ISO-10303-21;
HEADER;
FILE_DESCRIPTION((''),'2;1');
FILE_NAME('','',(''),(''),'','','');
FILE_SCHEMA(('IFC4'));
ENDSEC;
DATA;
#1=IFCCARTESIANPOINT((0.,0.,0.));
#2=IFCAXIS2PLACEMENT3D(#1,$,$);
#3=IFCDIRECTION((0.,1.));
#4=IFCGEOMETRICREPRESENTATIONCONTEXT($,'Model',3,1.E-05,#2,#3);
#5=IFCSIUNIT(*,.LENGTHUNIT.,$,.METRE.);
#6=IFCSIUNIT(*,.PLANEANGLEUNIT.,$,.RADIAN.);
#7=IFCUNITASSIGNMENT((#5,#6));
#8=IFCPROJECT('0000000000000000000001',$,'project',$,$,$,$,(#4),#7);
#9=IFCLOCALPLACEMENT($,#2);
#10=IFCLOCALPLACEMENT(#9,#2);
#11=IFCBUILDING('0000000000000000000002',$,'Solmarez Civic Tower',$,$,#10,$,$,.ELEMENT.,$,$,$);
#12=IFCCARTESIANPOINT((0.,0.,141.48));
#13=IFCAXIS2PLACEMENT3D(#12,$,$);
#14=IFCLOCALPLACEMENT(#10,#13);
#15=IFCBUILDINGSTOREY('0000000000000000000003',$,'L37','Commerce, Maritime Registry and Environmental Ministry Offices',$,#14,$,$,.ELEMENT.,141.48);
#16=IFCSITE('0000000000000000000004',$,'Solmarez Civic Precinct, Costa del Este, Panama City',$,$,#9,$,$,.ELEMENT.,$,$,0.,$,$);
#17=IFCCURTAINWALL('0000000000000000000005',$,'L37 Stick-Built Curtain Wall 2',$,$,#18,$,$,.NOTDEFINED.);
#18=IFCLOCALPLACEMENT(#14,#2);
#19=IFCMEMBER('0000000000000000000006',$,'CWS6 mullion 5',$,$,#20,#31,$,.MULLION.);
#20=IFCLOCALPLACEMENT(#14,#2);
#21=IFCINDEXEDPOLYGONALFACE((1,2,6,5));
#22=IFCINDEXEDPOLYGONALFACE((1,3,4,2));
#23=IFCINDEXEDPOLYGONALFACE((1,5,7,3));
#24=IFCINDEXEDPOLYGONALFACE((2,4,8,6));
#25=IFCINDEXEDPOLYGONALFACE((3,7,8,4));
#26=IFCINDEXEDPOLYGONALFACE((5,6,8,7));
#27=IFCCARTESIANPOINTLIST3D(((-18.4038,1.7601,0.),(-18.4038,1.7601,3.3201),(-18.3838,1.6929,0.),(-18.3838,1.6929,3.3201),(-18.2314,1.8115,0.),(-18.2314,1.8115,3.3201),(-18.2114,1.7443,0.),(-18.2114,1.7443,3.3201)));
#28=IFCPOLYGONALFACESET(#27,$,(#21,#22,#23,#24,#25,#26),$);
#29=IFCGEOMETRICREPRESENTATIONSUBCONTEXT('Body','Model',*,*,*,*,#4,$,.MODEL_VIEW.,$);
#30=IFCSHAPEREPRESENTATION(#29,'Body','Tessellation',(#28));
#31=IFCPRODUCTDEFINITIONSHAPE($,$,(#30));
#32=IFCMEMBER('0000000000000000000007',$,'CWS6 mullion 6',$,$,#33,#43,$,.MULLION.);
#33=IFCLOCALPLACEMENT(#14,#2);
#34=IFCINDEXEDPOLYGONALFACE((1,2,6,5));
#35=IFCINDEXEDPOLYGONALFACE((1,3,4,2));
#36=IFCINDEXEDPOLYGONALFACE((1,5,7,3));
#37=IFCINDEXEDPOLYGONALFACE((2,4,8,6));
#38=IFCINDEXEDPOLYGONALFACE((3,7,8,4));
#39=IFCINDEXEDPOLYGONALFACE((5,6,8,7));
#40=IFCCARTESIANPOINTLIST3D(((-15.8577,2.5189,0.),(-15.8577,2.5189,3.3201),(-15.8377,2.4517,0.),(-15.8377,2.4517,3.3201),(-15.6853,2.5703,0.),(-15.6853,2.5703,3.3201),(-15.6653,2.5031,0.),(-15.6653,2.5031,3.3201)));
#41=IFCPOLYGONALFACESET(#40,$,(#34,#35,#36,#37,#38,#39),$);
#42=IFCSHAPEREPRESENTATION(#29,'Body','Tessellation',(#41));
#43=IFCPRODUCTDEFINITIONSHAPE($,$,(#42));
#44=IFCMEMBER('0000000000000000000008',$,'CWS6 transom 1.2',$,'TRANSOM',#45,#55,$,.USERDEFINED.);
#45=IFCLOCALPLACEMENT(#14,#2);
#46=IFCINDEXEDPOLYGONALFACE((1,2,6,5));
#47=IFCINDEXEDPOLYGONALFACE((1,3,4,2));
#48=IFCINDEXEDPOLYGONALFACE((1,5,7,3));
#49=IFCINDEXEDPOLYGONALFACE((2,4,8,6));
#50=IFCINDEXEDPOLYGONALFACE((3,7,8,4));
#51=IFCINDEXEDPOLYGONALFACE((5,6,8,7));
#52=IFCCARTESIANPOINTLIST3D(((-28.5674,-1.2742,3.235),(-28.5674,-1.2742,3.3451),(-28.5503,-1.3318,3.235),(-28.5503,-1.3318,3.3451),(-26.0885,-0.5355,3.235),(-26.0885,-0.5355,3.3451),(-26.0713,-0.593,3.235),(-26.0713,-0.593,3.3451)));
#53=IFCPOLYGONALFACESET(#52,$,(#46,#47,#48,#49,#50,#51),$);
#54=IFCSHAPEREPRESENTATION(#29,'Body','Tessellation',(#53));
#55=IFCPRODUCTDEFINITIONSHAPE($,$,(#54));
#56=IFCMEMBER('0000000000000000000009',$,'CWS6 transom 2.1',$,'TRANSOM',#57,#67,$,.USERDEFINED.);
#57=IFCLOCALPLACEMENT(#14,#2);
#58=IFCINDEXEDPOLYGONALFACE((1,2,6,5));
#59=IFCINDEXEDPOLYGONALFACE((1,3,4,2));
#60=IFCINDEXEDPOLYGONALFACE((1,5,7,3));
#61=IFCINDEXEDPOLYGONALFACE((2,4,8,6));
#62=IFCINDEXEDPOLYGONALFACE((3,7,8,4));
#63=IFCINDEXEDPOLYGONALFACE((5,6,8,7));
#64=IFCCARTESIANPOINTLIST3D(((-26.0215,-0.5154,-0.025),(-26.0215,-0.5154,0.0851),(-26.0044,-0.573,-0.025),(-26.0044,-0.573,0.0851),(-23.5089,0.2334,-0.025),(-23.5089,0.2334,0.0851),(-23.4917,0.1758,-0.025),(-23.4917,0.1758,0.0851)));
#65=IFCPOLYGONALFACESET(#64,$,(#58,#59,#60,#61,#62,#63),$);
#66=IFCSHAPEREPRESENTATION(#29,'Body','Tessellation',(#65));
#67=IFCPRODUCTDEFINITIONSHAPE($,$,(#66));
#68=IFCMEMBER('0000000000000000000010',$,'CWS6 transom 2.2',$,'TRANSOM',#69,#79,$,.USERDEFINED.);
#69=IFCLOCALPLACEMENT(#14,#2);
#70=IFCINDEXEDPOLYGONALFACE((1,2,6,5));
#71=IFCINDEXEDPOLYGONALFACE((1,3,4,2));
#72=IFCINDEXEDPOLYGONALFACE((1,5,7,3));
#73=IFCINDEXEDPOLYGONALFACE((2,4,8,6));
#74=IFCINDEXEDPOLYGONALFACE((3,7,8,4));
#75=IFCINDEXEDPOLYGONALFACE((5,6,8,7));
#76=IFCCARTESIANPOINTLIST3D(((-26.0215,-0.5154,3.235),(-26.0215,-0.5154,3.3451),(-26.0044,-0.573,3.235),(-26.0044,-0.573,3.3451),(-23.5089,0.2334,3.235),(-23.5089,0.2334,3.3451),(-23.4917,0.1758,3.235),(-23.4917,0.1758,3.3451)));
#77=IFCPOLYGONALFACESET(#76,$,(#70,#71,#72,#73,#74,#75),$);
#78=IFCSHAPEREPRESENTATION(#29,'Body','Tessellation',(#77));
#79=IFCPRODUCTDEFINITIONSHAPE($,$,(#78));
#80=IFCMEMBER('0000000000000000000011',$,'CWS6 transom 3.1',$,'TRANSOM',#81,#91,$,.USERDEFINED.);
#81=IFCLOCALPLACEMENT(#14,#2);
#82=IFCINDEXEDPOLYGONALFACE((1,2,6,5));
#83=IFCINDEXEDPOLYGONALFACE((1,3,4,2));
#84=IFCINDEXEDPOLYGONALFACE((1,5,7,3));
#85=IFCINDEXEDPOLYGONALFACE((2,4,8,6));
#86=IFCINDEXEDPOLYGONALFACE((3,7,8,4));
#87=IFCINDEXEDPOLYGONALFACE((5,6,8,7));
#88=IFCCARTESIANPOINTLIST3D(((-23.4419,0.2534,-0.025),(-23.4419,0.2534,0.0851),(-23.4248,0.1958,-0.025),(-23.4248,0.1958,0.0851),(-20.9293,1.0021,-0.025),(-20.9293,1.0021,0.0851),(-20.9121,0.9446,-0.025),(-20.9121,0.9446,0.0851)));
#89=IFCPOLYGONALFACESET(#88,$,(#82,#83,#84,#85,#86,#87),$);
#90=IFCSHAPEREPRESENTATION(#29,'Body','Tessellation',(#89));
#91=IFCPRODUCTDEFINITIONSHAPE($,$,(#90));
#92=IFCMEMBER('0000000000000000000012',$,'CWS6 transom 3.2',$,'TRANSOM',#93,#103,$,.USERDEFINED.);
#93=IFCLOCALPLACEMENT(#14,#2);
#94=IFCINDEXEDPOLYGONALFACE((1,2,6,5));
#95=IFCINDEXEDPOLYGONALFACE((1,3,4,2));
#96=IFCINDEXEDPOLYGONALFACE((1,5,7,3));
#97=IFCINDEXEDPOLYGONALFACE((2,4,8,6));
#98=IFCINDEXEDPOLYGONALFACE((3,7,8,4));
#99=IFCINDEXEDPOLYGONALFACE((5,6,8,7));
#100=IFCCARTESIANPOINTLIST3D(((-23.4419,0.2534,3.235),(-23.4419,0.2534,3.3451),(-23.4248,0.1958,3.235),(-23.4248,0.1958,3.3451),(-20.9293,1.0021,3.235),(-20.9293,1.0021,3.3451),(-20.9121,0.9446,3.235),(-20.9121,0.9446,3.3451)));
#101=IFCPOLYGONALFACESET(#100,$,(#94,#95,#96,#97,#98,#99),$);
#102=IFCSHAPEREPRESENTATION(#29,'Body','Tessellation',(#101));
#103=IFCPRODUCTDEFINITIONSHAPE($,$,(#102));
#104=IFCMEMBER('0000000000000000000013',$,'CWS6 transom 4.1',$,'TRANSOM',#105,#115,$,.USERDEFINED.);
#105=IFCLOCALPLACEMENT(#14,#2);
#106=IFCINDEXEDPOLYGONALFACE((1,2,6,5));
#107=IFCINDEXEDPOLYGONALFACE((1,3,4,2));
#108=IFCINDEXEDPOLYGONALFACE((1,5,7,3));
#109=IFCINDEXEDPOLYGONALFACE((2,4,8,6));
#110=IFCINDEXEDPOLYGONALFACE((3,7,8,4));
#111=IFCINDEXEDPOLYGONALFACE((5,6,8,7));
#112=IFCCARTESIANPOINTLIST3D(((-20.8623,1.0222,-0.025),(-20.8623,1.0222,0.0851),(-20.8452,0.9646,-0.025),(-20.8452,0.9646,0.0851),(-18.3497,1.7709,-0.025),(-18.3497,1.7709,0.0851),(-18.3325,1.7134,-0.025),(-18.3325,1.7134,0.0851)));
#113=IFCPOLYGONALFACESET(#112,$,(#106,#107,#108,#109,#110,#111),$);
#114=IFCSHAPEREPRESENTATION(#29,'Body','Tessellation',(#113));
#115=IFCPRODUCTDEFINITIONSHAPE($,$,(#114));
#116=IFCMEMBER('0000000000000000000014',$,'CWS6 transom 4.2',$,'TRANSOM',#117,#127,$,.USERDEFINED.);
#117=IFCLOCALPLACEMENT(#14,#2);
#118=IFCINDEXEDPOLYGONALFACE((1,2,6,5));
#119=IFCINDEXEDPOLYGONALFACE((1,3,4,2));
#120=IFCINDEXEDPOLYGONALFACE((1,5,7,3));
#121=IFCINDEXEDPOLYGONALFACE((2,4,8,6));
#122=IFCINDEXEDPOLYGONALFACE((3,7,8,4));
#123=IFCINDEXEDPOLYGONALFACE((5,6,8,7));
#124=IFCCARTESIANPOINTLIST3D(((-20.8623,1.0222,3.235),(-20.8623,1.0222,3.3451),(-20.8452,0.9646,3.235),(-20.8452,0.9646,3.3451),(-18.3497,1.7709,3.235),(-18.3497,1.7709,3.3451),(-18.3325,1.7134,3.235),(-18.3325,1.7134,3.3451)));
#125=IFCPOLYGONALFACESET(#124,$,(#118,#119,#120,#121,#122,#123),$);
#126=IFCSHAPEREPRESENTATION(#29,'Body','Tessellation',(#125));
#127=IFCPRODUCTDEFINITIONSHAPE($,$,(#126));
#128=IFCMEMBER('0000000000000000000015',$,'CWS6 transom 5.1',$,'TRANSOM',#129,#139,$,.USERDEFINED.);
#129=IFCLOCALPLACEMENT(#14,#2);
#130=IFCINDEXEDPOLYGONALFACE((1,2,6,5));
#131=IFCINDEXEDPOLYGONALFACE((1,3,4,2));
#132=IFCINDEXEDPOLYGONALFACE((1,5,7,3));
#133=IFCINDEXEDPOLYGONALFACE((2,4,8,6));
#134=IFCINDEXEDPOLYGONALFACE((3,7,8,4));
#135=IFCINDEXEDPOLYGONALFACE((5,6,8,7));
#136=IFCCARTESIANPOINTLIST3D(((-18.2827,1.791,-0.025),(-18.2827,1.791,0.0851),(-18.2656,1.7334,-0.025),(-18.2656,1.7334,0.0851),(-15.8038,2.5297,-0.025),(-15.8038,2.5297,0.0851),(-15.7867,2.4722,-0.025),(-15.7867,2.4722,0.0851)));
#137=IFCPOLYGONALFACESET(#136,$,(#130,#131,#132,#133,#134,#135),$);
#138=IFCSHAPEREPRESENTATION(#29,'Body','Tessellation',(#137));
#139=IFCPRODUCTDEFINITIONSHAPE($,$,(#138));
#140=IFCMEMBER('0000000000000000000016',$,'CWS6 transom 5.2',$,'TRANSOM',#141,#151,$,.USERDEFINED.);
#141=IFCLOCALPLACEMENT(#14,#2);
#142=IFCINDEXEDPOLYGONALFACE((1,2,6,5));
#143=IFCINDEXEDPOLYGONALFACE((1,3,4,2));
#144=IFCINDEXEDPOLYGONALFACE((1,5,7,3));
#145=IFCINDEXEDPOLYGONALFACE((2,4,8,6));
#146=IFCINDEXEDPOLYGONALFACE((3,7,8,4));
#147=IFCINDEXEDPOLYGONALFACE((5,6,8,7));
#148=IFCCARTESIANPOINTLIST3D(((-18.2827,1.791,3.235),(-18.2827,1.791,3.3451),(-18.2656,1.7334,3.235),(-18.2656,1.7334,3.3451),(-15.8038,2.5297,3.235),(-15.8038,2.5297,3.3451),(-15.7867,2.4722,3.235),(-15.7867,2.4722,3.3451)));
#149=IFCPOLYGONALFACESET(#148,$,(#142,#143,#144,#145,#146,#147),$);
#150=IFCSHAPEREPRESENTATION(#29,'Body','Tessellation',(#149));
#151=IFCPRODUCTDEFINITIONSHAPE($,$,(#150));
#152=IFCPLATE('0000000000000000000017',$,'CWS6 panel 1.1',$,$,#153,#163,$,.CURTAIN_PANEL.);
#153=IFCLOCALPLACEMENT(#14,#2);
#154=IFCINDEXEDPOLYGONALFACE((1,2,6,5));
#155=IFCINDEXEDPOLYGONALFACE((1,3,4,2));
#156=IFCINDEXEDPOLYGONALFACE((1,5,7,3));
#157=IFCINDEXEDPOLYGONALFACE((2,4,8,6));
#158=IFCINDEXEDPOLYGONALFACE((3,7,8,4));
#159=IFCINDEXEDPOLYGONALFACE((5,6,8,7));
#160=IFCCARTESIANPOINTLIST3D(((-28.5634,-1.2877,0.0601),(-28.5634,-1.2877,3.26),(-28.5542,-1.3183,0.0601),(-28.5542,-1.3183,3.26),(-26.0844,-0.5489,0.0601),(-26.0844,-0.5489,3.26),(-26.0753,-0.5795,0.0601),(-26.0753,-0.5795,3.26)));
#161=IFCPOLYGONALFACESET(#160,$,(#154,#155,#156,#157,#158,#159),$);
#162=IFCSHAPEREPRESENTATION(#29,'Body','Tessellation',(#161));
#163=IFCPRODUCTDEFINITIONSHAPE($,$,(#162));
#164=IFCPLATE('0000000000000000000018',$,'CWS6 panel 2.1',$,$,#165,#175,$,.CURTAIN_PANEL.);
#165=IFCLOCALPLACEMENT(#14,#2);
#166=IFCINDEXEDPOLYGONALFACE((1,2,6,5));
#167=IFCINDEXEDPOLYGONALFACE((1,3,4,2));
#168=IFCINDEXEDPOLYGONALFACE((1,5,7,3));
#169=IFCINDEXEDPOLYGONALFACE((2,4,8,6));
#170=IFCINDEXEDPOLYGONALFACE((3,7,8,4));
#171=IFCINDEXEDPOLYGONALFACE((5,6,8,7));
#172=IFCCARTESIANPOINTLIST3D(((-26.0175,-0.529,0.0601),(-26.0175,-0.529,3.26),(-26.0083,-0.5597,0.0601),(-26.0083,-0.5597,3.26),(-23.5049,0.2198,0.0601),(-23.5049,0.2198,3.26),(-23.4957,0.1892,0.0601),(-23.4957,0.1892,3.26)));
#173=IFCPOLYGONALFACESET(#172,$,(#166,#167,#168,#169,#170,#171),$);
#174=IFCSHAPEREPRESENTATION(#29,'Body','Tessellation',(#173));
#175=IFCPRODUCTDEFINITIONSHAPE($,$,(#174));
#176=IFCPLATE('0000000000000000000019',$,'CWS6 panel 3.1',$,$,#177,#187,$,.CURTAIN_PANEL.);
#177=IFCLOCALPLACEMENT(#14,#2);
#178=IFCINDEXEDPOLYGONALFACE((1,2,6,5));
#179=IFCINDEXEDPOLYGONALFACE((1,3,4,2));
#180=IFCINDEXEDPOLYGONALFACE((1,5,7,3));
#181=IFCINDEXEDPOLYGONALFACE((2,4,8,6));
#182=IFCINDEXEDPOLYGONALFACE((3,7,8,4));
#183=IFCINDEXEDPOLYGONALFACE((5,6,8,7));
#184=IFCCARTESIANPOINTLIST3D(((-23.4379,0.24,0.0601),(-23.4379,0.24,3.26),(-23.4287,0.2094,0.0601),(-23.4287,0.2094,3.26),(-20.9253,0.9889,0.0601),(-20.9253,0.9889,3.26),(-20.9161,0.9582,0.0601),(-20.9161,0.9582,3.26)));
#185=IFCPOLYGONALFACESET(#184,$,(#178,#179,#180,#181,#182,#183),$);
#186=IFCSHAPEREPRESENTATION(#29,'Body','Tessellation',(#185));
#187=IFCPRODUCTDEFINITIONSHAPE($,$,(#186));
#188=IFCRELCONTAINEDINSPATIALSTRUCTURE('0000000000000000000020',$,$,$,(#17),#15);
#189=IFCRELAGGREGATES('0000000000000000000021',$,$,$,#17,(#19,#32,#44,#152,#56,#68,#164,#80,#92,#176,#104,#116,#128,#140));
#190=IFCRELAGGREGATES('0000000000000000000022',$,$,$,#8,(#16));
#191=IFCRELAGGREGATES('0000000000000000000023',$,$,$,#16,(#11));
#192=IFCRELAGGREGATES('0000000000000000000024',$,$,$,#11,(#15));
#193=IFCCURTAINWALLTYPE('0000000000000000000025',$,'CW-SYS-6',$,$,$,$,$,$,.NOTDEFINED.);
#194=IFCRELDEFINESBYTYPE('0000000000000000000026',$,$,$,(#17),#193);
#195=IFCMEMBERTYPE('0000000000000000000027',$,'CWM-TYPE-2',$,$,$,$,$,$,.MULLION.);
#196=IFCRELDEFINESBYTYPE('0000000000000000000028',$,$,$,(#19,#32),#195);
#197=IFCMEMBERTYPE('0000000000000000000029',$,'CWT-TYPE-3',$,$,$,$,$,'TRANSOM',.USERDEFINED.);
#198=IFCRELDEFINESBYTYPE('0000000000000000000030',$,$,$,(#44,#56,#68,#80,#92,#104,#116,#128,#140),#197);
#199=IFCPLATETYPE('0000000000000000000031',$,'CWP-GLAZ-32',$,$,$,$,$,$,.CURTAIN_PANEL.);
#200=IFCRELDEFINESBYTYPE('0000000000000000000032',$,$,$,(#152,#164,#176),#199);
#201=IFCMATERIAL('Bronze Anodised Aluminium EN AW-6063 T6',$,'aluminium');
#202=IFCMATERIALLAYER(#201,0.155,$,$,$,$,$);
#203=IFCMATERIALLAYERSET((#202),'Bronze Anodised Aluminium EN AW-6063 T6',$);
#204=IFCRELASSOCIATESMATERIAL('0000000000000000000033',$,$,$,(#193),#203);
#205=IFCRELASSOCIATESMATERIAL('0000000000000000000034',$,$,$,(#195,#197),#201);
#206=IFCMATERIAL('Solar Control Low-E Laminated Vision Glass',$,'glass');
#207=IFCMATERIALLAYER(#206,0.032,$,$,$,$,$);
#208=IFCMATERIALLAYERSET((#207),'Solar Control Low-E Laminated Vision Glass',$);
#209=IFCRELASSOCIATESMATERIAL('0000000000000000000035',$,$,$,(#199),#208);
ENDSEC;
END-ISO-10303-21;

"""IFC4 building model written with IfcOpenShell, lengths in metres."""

from ifc_helpers import new_model, si_unit, direction, frame, origin, origin_2d, place, context, subcontext, project, spatial, rectangle, extrude, material, layer, layer_set, material_profile, profile_set, type_object, element, aggregate, save


model = new_model("IFC4")

# Units and contexts
model_context = context("Model", 3, precision=1e-05, world=origin(), true_north=direction((0.0, 1.0)))
body_context = subcontext(model_context, "Body", "Model", "MODEL_VIEW")
ifc_project = project(units=[si_unit("LENGTHUNIT", "METRE"), si_unit("PLANEANGLEUNIT", "RADIAN")], contexts=[model_context])

# Site, building, storey
site_placement = place(None, origin())
site = spatial("IfcSite", under=ifc_project, at=site_placement, Name="Solmarez Civic Precinct, Costa del Este, Panama City", CompositionType="ELEMENT", RefElevation=0.0)
building_placement = place(site_placement, origin())
building = spatial("IfcBuilding", under=site, at=building_placement, Name="Solmarez Civic Tower", CompositionType="ELEMENT")
storey_placement = place(building_placement, frame((0.0, 0.0, 141.48)))
storey = spatial("IfcBuildingStorey", under=building, at=storey_placement, Name="L37", Description="Commerce, Maritime Registry and Environmental Ministry Offices", CompositionType="ELEMENT", Elevation=141.48)

# Curtain wall, members, plates
ifc_material_1 = material(Name="Bronze Anodised Aluminium EN AW-6063 T6", Category="aluminium")
ifc_layer_1 = layer(ifc_material_1, 0.155)
ifc_layer_set_1 = layer_set([ifc_layer_1], Name="Bronze Anodised Aluminium EN AW-6063 T6")
curtain_wall_type = type_object("IfcCurtainWallType", Name="CW-SYS-6", PredefinedType="NOTDEFINED", material=ifc_layer_set_1)
curtain_wall_placement = place(storey_placement, origin())
curtain_wall = element("IfcCurtainWall", 1, at=curtain_wall_placement, inside=storey, type_object=curtain_wall_type, Name="L37 Stick-Built Curtain Wall 2", PredefinedType="NOTDEFINED")
ifc_material_profile_1 = material_profile(ifc_material_1, rectangle(XDim=0.0701, YDim=0.1799, at=origin_2d()), Name="CWM-70X180")
ifc_profile_set_1 = profile_set([ifc_material_profile_1], Name="Bronze Anodised Aluminium EN AW-6063 T6")
member_type_1 = type_object("IfcMemberType", Name="CWM-TYPE-2", PredefinedType="MULLION", material=ifc_profile_set_1)
member_1_placement = place(storey_placement, frame((-18.3076, 1.7522, 0.0), z_axis=(0.0, 0.0, 1.0), x_axis=(-0.285616, 0.958344, 0.0)))
member_1 = element("IfcMember", 2, at=member_1_placement, type_object=member_type_1, Name="CWS6 mullion 5", PredefinedType="MULLION", context=body_context, shape_type="SweptSolid", body=[
    extrude(rectangle(XDim=0.0701, YDim=0.1799, at=origin_2d()), origin(), (0.0, 0.0, 1.0), 3.3201),
])
member_2_placement = place(storey_placement, frame((-15.7615, 2.511, 0.0), z_axis=(0.0, 0.0, 1.0), x_axis=(-0.285616, 0.958344, 0.0)))
member_2 = element("IfcMember", 3, at=member_2_placement, type_object=member_type_1, Name="CWS6 mullion 6", PredefinedType="MULLION", context=body_context, shape_type="SweptSolid", body=[
    extrude(rectangle(XDim=0.0701, YDim=0.1799, at=origin_2d()), origin(), (0.0, 0.0, 1.0), 3.3201),
])
ifc_material_profile_2 = material_profile(ifc_material_1, rectangle(XDim=0.0601, YDim=0.1101, at=origin_2d()), Name="CWT-60X110")
ifc_profile_set_2 = profile_set([ifc_material_profile_2], Name="Bronze Anodised Aluminium EN AW-6063 T6")
member_type_2 = type_object("IfcMemberType", Name="CWT-TYPE-3", ElementType="TRANSOM", PredefinedType="USERDEFINED", material=ifc_profile_set_2)
member_3_placement = place(storey_placement, frame((-28.5588, -1.303, 3.29), z_axis=(0.958349, 0.285598, 0.0), x_axis=(-0.285598, 0.958349, 0.0)))
member_3 = element("IfcMember", 4, at=member_3_placement, type_object=member_type_2, Name="CWS6 transom 1.2", ObjectType="TRANSOM", PredefinedType="USERDEFINED", context=body_context, shape_type="SweptSolid", body=[
    extrude(rectangle(XDim=0.0601, YDim=0.1101, at=origin_2d()), origin(), (0.0, 0.0, 1.0), 2.5867),
])
member_4_placement = place(storey_placement, frame((-26.0129, -0.5442, 0.03), z_axis=(0.958353, 0.285588, 0.0), x_axis=(-0.285588, 0.958353, 0.0)))
member_4 = element("IfcMember", 5, at=member_4_placement, type_object=member_type_2, Name="CWS6 transom 2.1", ObjectType="TRANSOM", PredefinedType="USERDEFINED", context=body_context, shape_type="SweptSolid", body=[
    extrude(rectangle(XDim=0.0601, YDim=0.1101, at=origin_2d()), origin(), (0.0, 0.0, 1.0), 2.6218),
])
member_5_placement = place(storey_placement, frame((-26.0129, -0.5442, 3.29), z_axis=(0.958353, 0.285588, 0.0), x_axis=(-0.285588, 0.958353, 0.0)))
member_5 = element("IfcMember", 6, at=member_5_placement, type_object=member_type_2, Name="CWS6 transom 2.2", ObjectType="TRANSOM", PredefinedType="USERDEFINED", context=body_context, shape_type="SweptSolid", body=[
    extrude(rectangle(XDim=0.0601, YDim=0.1101, at=origin_2d()), origin(), (0.0, 0.0, 1.0), 2.6218),
])
member_6_placement = place(storey_placement, frame((-23.4333, 0.2246, 0.03), z_axis=(0.958353, 0.285588, 0.0), x_axis=(-0.285588, 0.958353, 0.0)))
member_6 = element("IfcMember", 7, at=member_6_placement, type_object=member_type_2, Name="CWS6 transom 3.1", ObjectType="TRANSOM", PredefinedType="USERDEFINED", context=body_context, shape_type="SweptSolid", body=[
    extrude(rectangle(XDim=0.0601, YDim=0.1101, at=origin_2d()), origin(), (0.0, 0.0, 1.0), 2.6218),
])
member_7_placement = place(storey_placement, frame((-23.4333, 0.2246, 3.29), z_axis=(0.958353, 0.285588, 0.0), x_axis=(-0.285588, 0.958353, 0.0)))
member_7 = element("IfcMember", 8, at=member_7_placement, type_object=member_type_2, Name="CWS6 transom 3.2", ObjectType="TRANSOM", PredefinedType="USERDEFINED", context=body_context, shape_type="SweptSolid", body=[
    extrude(rectangle(XDim=0.0601, YDim=0.1101, at=origin_2d()), origin(), (0.0, 0.0, 1.0), 2.6218),
])
member_8_placement = place(storey_placement, frame((-20.8538, 0.9934, 0.03), z_axis=(0.958353, 0.285588, 0.0), x_axis=(-0.285588, 0.958353, 0.0)))
member_8 = element("IfcMember", 9, at=member_8_placement, type_object=member_type_2, Name="CWS6 transom 4.1", ObjectType="TRANSOM", PredefinedType="USERDEFINED", context=body_context, shape_type="SweptSolid", body=[
    extrude(rectangle(XDim=0.0601, YDim=0.1101, at=origin_2d()), origin(), (0.0, 0.0, 1.0), 2.6218),
])
member_9_placement = place(storey_placement, frame((-20.8538, 0.9934, 3.29), z_axis=(0.958353, 0.285588, 0.0), x_axis=(-0.285588, 0.958353, 0.0)))
member_9 = element("IfcMember", 10, at=member_9_placement, type_object=member_type_2, Name="CWS6 transom 4.2", ObjectType="TRANSOM", PredefinedType="USERDEFINED", context=body_context, shape_type="SweptSolid", body=[
    extrude(rectangle(XDim=0.0601, YDim=0.1101, at=origin_2d()), origin(), (0.0, 0.0, 1.0), 2.6218),
])
member_10_placement = place(storey_placement, frame((-18.2742, 1.7622, 0.03), z_axis=(0.958349, 0.285598, 0.0), x_axis=(-0.285598, 0.958349, 0.0)))
member_10 = element("IfcMember", 11, at=member_10_placement, type_object=member_type_2, Name="CWS6 transom 5.1", ObjectType="TRANSOM", PredefinedType="USERDEFINED", context=body_context, shape_type="SweptSolid", body=[
    extrude(rectangle(XDim=0.0601, YDim=0.1101, at=origin_2d()), origin(), (0.0, 0.0, 1.0), 2.5867),
])
member_11_placement = place(storey_placement, frame((-18.2742, 1.7622, 3.29), z_axis=(0.958349, 0.285598, 0.0), x_axis=(-0.285598, 0.958349, 0.0)))
member_11 = element("IfcMember", 12, at=member_11_placement, type_object=member_type_2, Name="CWS6 transom 5.2", ObjectType="TRANSOM", PredefinedType="USERDEFINED", context=body_context, shape_type="SweptSolid", body=[
    extrude(rectangle(XDim=0.0601, YDim=0.1101, at=origin_2d()), origin(), (0.0, 0.0, 1.0), 2.5867),
])
ifc_material_2 = material(Name="Solar Control Low-E Laminated Vision Glass", Category="glass")
ifc_layer_2 = layer(ifc_material_2, 0.032)
ifc_layer_set_2 = layer_set([ifc_layer_2], Name="Solar Control Low-E Laminated Vision Glass")
plate_type_1 = type_object("IfcPlateType", Name="CWP-GLAZ-32", PredefinedType="CURTAIN_PANEL", material=ifc_layer_set_2)
plate_1_placement = place(storey_placement, frame((-27.3193, -0.9336, 0.0601), z_axis=(0.0, 0.0, 1.0), x_axis=(0.958344, 0.285616, 0.0)))
plate_1 = element("IfcPlate", 13, at=plate_1_placement, type_object=plate_type_1, Name="CWS6 panel 1.1", PredefinedType="CURTAIN_PANEL", context=body_context, shape_type="SweptSolid", body=[
    extrude(rectangle(XDim=2.5867, YDim=0.032, at=origin_2d()), origin(), (0.0, 0.0, 1.0), 3.2),
])
plate_2_placement = place(storey_placement, frame((-24.7566, -0.1699, 0.0601), z_axis=(0.0, 0.0, 1.0), x_axis=(0.958344, 0.285616, 0.0)))
plate_2 = element("IfcPlate", 14, at=plate_2_placement, type_object=plate_type_1, Name="CWS6 panel 2.1", PredefinedType="CURTAIN_PANEL", context=body_context, shape_type="SweptSolid", body=[
    extrude(rectangle(XDim=2.6218, YDim=0.032, at=origin_2d()), origin(), (0.0, 0.0, 1.0), 3.2),
])
plate_3_placement = place(storey_placement, frame((-22.177, 0.5991, 0.0601), z_axis=(0.0, 0.0, 1.0), x_axis=(0.958344, 0.285616, 0.0)))
plate_3 = element("IfcPlate", 15, at=plate_3_placement, type_object=plate_type_1, Name="CWS6 panel 3.1", PredefinedType="CURTAIN_PANEL", context=body_context, shape_type="SweptSolid", body=[
    extrude(rectangle(XDim=2.6218, YDim=0.032, at=origin_2d()), origin(), (0.0, 0.0, 1.0), 3.2),
])
aggregate(curtain_wall, [member_1, member_2, member_3, plate_1, member_4, member_5, plate_2, member_6, member_7, plate_3, member_8, member_9, member_10, member_11])

save(model, "model.ifc")
